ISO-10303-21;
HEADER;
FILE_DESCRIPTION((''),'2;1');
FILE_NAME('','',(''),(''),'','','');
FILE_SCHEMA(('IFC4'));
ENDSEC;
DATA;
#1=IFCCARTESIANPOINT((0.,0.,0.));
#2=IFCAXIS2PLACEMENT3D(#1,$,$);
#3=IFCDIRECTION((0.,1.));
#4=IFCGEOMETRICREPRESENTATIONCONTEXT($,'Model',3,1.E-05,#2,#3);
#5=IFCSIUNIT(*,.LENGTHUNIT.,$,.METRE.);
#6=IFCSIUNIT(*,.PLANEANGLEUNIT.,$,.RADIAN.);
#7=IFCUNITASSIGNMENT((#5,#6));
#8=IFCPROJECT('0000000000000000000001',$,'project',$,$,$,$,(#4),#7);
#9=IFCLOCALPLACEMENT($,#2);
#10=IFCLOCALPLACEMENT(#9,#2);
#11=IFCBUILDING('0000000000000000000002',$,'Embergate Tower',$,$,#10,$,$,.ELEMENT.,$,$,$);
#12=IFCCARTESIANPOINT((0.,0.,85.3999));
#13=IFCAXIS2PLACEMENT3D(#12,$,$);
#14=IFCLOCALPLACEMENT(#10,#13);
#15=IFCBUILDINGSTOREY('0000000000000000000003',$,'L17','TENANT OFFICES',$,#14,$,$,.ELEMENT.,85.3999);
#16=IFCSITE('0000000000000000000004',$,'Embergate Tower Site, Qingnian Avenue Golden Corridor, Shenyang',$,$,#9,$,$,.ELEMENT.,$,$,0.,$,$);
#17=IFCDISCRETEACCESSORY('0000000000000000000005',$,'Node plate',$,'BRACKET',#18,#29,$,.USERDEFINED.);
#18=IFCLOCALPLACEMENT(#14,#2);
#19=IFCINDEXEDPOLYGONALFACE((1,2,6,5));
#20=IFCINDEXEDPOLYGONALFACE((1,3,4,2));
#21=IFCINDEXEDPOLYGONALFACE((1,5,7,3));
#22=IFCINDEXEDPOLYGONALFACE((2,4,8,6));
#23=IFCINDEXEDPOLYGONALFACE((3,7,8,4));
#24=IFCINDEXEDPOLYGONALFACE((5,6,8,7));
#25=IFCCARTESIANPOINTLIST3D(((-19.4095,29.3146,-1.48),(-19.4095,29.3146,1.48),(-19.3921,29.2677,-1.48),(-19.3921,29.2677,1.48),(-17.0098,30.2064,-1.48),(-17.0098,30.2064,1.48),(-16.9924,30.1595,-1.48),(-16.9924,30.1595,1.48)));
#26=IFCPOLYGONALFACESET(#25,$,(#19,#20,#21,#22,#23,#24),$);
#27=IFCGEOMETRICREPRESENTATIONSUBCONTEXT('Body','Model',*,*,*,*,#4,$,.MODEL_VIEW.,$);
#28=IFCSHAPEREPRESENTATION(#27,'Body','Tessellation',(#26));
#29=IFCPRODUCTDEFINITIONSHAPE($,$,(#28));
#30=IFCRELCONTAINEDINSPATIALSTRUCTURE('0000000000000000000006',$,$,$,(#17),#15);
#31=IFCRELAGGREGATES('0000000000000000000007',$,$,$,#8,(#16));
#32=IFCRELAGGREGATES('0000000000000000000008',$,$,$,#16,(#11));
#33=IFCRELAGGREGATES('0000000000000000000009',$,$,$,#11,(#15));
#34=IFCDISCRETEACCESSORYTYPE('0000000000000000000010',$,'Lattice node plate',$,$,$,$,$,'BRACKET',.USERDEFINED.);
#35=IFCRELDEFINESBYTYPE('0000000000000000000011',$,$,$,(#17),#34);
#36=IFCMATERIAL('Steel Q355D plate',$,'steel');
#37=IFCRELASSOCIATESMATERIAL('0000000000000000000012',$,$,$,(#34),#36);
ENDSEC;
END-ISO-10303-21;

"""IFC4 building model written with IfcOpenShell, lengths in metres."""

from ifc_helpers import new_model, si_unit, direction, frame, origin, origin_2d, place, context, subcontext, project, spatial, rectangle, extrude, source, transform, mapped, material, type_object, element, save


model = new_model("IFC4")

# Units and contexts
model_context = context("Model", 3, precision=1e-05, world=origin(), true_north=direction((0.0, 1.0)))
body_context = subcontext(model_context, "Body", "Model", "MODEL_VIEW")
ifc_project = project(units=[si_unit("LENGTHUNIT", "METRE"), si_unit("PLANEANGLEUNIT", "RADIAN")], contexts=[model_context])

# Site, building, storey
site_placement = place(None, origin())
site = spatial("IfcSite", under=ifc_project, at=site_placement, Name="Embergate Tower Site, Qingnian Avenue Golden Corridor, Shenyang", CompositionType="ELEMENT", RefElevation=0.0)
building_placement = place(site_placement, origin())
building = spatial("IfcBuilding", under=site, at=building_placement, Name="Embergate Tower", CompositionType="ELEMENT")
storey_placement = place(building_placement, frame((0.0, 0.0, 85.3999)))
storey = spatial("IfcBuildingStorey", under=building, at=storey_placement, Name="L17", Description="TENANT OFFICES", CompositionType="ELEMENT", Elevation=85.3999)

# Discrete accessory
ifc_material_1 = material(Name="Steel Q355D plate", Category="steel")
discrete_accessory_type = type_object("IfcDiscreteAccessoryType", Name="Lattice node plate", ElementType="BRACKET", PredefinedType="USERDEFINED", material=ifc_material_1)
shared_shape_1 = source(origin(), body_context, "Body", "SweptSolid", [
    extrude(rectangle(XDim=2.5601, YDim=0.05, at=origin_2d()), origin(), (0.0, 0.0, 1.0), 2.96),
])
discrete_accessory_placement = place(storey_placement, frame((-18.2009, 29.7371, -1.48), z_axis=(0.0, 0.0, 1.0), x_axis=(-0.937367, -0.348343, 0.0)))
element("IfcDiscreteAccessory", 1, at=discrete_accessory_placement, inside=storey, type_object=discrete_accessory_type, Name="Node plate", ObjectType="BRACKET", PredefinedType="USERDEFINED", context=body_context, shape_type="MappedRepresentation", body=[
    mapped(shared_shape_1, transform((0.0, 0.0, 0.0))),
])

save(model, "model.ifc")
